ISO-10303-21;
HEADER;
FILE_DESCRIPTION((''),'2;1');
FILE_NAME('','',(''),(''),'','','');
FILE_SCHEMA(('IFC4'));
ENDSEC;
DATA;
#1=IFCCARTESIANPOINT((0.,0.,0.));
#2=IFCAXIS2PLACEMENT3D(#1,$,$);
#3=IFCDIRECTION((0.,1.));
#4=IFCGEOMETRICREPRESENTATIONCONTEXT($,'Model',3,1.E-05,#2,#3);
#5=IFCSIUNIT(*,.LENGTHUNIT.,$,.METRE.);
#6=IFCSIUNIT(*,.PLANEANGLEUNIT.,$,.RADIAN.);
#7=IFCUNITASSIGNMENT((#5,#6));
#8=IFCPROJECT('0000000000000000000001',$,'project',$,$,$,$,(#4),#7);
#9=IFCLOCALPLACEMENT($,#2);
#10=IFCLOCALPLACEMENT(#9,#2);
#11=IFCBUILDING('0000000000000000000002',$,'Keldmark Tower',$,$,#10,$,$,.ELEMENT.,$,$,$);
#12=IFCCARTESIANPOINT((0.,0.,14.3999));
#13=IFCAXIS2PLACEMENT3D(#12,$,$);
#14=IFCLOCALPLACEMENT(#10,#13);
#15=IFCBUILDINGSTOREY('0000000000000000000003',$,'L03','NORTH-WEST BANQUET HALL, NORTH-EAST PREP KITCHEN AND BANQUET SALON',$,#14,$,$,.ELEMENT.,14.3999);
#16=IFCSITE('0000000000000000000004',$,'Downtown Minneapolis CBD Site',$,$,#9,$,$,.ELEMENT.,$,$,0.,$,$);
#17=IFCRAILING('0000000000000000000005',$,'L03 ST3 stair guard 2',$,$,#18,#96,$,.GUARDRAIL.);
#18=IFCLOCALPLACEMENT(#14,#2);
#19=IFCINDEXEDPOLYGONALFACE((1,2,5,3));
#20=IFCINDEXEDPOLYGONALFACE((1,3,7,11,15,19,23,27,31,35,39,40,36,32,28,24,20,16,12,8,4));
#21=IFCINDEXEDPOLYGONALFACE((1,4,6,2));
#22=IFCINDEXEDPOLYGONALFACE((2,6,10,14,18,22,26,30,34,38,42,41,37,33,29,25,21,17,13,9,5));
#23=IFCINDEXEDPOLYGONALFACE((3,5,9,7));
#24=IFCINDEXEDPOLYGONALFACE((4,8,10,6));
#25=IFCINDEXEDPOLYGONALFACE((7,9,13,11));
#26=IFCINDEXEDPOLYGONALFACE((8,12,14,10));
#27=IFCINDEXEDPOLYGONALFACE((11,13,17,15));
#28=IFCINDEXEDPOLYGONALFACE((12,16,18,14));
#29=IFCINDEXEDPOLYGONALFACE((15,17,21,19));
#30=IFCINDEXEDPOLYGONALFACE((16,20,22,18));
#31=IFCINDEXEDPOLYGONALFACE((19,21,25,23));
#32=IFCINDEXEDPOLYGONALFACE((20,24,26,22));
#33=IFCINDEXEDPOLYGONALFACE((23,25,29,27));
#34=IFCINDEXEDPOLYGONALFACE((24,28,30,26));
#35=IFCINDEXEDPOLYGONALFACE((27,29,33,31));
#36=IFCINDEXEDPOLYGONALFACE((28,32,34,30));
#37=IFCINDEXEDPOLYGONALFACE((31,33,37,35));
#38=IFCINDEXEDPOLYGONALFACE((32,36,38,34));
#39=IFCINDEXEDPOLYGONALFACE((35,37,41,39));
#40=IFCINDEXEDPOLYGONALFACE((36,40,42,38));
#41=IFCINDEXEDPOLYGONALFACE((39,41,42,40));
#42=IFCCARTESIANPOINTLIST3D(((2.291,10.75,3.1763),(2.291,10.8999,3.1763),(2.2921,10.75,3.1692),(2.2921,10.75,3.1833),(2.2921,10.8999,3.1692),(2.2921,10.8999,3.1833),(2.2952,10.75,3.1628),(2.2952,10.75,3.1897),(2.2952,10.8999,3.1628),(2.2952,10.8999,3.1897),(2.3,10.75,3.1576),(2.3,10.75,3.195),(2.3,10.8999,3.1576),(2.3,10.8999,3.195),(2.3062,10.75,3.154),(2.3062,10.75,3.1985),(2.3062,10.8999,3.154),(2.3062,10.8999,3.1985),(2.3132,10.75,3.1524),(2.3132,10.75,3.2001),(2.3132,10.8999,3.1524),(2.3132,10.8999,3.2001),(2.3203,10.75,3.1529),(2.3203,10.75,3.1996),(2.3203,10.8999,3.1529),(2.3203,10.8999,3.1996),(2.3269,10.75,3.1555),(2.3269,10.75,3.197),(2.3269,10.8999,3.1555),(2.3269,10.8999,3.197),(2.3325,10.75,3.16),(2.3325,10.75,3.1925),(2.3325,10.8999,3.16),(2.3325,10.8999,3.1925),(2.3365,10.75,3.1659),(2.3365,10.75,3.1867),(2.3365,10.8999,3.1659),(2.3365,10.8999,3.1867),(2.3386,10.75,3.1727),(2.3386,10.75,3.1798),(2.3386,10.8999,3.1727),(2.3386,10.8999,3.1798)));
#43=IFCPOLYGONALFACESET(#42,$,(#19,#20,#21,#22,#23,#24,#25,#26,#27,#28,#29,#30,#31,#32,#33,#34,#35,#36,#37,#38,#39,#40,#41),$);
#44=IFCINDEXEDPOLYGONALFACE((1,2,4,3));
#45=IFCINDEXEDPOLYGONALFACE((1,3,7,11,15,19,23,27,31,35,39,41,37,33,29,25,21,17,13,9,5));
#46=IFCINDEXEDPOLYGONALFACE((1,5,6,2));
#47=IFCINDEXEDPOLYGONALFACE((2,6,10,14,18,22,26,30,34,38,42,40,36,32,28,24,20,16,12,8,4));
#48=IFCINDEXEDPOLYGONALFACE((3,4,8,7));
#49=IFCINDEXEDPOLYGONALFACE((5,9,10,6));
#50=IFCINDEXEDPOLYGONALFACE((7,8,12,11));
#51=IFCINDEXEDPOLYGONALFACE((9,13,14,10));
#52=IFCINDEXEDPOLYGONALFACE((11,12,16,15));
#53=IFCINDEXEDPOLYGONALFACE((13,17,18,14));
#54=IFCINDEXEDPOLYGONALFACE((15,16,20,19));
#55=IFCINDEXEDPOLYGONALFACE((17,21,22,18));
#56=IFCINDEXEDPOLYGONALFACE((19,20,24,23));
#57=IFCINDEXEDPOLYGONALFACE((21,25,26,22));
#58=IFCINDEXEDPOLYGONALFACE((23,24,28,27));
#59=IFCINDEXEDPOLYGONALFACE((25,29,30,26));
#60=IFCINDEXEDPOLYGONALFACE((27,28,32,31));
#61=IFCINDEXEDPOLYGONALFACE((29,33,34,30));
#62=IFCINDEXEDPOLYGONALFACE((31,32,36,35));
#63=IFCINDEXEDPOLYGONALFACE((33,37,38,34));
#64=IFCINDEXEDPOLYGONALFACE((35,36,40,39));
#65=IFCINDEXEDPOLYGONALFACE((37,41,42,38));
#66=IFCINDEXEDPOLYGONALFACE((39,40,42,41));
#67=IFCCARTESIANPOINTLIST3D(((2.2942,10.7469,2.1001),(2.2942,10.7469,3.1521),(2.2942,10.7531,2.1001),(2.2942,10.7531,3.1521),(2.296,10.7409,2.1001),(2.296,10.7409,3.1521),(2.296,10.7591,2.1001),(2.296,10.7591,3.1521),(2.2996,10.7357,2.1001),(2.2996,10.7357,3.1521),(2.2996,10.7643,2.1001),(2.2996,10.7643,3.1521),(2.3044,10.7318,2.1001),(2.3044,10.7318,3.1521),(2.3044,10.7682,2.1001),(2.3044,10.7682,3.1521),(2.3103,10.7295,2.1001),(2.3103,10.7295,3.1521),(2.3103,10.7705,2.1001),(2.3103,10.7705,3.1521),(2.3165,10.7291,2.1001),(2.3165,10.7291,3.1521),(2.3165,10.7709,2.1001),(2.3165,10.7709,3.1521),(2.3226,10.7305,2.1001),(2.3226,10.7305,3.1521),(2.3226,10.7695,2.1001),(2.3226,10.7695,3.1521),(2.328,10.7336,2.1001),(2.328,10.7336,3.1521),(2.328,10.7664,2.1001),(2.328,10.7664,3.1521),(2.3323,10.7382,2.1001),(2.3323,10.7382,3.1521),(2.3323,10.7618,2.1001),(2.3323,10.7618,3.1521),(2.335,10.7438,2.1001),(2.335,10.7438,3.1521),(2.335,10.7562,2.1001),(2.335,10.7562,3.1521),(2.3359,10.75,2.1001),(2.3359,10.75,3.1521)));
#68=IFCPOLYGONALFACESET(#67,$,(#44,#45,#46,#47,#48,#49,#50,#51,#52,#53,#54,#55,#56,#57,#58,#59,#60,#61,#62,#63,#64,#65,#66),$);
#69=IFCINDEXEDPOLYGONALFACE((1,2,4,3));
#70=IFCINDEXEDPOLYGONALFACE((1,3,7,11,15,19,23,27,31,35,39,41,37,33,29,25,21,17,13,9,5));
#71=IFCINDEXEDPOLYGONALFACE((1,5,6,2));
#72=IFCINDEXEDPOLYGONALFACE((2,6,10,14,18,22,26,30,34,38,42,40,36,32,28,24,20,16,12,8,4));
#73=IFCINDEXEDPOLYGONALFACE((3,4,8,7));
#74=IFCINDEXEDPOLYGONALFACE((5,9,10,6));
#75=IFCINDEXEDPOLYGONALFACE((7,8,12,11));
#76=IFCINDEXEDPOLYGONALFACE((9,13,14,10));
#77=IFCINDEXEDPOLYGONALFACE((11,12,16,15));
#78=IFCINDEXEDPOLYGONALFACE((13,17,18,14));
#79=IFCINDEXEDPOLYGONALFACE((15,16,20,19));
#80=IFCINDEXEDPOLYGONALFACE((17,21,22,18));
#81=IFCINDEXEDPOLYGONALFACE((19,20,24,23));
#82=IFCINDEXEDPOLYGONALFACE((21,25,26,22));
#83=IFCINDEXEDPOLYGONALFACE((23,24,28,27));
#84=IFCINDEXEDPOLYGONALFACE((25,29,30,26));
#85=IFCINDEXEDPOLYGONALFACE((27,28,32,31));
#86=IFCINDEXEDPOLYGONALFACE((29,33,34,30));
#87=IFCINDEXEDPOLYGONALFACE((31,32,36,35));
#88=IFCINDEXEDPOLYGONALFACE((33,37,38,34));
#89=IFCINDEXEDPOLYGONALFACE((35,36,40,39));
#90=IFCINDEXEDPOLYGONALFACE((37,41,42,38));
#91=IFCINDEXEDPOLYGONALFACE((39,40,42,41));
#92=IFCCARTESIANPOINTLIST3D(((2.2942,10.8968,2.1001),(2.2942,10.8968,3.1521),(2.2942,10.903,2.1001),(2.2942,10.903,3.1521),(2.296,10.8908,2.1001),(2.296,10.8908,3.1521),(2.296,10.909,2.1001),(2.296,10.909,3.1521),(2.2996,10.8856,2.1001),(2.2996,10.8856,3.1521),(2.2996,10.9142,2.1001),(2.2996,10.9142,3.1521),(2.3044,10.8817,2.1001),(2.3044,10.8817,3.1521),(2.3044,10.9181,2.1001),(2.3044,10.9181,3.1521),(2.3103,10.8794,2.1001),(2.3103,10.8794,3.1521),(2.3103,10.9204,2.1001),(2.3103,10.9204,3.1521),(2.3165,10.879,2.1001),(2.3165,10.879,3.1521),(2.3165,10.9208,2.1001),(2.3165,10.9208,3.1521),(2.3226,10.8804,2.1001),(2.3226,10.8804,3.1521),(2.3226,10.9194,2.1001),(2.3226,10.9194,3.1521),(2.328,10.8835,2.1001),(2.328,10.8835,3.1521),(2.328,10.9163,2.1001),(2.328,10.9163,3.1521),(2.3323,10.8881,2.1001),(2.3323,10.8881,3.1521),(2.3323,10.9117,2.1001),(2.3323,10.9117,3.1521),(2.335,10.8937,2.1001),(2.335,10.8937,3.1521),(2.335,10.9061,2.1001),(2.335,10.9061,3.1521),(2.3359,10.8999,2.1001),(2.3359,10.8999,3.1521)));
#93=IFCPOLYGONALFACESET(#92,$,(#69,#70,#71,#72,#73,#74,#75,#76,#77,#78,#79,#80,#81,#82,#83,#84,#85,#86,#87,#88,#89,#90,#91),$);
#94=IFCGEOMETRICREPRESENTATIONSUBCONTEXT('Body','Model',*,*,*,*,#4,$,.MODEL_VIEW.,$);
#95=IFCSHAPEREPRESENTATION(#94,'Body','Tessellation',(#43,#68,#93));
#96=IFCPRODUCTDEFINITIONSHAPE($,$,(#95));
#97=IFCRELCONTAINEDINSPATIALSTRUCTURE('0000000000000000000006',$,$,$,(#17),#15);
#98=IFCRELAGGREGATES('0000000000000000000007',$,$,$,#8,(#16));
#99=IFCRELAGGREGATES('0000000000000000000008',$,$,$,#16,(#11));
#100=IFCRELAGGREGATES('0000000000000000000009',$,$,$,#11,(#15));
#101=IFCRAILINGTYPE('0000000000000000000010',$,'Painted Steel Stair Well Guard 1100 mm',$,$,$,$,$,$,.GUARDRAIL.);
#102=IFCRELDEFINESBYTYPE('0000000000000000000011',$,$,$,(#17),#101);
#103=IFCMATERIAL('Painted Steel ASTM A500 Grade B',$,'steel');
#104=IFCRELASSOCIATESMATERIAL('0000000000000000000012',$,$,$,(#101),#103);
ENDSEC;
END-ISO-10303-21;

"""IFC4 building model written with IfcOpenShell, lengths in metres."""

from ifc_helpers import new_model, si_unit, direction, frame, origin, origin_2d, place, context, subcontext, project, spatial, circle, extrude, material, type_object, element, save


model = new_model("IFC4")

# Units and contexts
model_context = context("Model", 3, precision=1e-05, world=origin(), true_north=direction((0.0, 1.0)))
body_context = subcontext(model_context, "Body", "Model", "MODEL_VIEW")
ifc_project = project(units=[si_unit("LENGTHUNIT", "METRE"), si_unit("PLANEANGLEUNIT", "RADIAN")], contexts=[model_context])

# Site, building, storey
site_placement = place(None, origin())
site = spatial("IfcSite", under=ifc_project, at=site_placement, Name="Downtown Minneapolis CBD Site", CompositionType="ELEMENT", RefElevation=0.0)
building_placement = place(site_placement, origin())
building = spatial("IfcBuilding", under=site, at=building_placement, Name="Keldmark Tower", CompositionType="ELEMENT")
storey_placement = place(building_placement, frame((0.0, 0.0, 14.3999)))
storey = spatial("IfcBuildingStorey", under=building, at=storey_placement, Name="L03", Description="NORTH-WEST BANQUET HALL, NORTH-EAST PREP KITCHEN AND BANQUET SALON", CompositionType="ELEMENT", Elevation=14.3999)

# Railing
ifc_material_1 = material(Name="Painted Steel ASTM A500 Grade B", Category="steel")
railing_type_1 = type_object("IfcRailingType", Name="Painted Steel Stair Well Guard 1100 mm", PredefinedType="GUARDRAIL", material=ifc_material_1)
railing_1_placement = place(storey_placement, frame((2.3149, 10.75, 2.1001)))
element("IfcRailing", 1, at=railing_1_placement, inside=storey, type_object=railing_type_1, Name="L03 ST3 stair guard 2", PredefinedType="GUARDRAIL", context=body_context, shape_type="SweptSolid", body=[
    extrude(circle(Radius=0.0239, at=origin_2d()), frame((0.0, 0.0, 1.0762), z_axis=(0.0, 1.0, 0.0), x_axis=(-1.0, 0.0, 0.0)), (0.0, 0.0, 1.0), 0.1499),
    extrude(circle(Radius=0.021, at=origin_2d()), origin(), (0.0, 0.0, 1.0), 1.052),
    extrude(circle(Radius=0.021, at=origin_2d()), frame((0.0, 0.1499, 0.0)), (0.0, 0.0, 1.0), 1.052),
])

save(model, "model.ifc")
